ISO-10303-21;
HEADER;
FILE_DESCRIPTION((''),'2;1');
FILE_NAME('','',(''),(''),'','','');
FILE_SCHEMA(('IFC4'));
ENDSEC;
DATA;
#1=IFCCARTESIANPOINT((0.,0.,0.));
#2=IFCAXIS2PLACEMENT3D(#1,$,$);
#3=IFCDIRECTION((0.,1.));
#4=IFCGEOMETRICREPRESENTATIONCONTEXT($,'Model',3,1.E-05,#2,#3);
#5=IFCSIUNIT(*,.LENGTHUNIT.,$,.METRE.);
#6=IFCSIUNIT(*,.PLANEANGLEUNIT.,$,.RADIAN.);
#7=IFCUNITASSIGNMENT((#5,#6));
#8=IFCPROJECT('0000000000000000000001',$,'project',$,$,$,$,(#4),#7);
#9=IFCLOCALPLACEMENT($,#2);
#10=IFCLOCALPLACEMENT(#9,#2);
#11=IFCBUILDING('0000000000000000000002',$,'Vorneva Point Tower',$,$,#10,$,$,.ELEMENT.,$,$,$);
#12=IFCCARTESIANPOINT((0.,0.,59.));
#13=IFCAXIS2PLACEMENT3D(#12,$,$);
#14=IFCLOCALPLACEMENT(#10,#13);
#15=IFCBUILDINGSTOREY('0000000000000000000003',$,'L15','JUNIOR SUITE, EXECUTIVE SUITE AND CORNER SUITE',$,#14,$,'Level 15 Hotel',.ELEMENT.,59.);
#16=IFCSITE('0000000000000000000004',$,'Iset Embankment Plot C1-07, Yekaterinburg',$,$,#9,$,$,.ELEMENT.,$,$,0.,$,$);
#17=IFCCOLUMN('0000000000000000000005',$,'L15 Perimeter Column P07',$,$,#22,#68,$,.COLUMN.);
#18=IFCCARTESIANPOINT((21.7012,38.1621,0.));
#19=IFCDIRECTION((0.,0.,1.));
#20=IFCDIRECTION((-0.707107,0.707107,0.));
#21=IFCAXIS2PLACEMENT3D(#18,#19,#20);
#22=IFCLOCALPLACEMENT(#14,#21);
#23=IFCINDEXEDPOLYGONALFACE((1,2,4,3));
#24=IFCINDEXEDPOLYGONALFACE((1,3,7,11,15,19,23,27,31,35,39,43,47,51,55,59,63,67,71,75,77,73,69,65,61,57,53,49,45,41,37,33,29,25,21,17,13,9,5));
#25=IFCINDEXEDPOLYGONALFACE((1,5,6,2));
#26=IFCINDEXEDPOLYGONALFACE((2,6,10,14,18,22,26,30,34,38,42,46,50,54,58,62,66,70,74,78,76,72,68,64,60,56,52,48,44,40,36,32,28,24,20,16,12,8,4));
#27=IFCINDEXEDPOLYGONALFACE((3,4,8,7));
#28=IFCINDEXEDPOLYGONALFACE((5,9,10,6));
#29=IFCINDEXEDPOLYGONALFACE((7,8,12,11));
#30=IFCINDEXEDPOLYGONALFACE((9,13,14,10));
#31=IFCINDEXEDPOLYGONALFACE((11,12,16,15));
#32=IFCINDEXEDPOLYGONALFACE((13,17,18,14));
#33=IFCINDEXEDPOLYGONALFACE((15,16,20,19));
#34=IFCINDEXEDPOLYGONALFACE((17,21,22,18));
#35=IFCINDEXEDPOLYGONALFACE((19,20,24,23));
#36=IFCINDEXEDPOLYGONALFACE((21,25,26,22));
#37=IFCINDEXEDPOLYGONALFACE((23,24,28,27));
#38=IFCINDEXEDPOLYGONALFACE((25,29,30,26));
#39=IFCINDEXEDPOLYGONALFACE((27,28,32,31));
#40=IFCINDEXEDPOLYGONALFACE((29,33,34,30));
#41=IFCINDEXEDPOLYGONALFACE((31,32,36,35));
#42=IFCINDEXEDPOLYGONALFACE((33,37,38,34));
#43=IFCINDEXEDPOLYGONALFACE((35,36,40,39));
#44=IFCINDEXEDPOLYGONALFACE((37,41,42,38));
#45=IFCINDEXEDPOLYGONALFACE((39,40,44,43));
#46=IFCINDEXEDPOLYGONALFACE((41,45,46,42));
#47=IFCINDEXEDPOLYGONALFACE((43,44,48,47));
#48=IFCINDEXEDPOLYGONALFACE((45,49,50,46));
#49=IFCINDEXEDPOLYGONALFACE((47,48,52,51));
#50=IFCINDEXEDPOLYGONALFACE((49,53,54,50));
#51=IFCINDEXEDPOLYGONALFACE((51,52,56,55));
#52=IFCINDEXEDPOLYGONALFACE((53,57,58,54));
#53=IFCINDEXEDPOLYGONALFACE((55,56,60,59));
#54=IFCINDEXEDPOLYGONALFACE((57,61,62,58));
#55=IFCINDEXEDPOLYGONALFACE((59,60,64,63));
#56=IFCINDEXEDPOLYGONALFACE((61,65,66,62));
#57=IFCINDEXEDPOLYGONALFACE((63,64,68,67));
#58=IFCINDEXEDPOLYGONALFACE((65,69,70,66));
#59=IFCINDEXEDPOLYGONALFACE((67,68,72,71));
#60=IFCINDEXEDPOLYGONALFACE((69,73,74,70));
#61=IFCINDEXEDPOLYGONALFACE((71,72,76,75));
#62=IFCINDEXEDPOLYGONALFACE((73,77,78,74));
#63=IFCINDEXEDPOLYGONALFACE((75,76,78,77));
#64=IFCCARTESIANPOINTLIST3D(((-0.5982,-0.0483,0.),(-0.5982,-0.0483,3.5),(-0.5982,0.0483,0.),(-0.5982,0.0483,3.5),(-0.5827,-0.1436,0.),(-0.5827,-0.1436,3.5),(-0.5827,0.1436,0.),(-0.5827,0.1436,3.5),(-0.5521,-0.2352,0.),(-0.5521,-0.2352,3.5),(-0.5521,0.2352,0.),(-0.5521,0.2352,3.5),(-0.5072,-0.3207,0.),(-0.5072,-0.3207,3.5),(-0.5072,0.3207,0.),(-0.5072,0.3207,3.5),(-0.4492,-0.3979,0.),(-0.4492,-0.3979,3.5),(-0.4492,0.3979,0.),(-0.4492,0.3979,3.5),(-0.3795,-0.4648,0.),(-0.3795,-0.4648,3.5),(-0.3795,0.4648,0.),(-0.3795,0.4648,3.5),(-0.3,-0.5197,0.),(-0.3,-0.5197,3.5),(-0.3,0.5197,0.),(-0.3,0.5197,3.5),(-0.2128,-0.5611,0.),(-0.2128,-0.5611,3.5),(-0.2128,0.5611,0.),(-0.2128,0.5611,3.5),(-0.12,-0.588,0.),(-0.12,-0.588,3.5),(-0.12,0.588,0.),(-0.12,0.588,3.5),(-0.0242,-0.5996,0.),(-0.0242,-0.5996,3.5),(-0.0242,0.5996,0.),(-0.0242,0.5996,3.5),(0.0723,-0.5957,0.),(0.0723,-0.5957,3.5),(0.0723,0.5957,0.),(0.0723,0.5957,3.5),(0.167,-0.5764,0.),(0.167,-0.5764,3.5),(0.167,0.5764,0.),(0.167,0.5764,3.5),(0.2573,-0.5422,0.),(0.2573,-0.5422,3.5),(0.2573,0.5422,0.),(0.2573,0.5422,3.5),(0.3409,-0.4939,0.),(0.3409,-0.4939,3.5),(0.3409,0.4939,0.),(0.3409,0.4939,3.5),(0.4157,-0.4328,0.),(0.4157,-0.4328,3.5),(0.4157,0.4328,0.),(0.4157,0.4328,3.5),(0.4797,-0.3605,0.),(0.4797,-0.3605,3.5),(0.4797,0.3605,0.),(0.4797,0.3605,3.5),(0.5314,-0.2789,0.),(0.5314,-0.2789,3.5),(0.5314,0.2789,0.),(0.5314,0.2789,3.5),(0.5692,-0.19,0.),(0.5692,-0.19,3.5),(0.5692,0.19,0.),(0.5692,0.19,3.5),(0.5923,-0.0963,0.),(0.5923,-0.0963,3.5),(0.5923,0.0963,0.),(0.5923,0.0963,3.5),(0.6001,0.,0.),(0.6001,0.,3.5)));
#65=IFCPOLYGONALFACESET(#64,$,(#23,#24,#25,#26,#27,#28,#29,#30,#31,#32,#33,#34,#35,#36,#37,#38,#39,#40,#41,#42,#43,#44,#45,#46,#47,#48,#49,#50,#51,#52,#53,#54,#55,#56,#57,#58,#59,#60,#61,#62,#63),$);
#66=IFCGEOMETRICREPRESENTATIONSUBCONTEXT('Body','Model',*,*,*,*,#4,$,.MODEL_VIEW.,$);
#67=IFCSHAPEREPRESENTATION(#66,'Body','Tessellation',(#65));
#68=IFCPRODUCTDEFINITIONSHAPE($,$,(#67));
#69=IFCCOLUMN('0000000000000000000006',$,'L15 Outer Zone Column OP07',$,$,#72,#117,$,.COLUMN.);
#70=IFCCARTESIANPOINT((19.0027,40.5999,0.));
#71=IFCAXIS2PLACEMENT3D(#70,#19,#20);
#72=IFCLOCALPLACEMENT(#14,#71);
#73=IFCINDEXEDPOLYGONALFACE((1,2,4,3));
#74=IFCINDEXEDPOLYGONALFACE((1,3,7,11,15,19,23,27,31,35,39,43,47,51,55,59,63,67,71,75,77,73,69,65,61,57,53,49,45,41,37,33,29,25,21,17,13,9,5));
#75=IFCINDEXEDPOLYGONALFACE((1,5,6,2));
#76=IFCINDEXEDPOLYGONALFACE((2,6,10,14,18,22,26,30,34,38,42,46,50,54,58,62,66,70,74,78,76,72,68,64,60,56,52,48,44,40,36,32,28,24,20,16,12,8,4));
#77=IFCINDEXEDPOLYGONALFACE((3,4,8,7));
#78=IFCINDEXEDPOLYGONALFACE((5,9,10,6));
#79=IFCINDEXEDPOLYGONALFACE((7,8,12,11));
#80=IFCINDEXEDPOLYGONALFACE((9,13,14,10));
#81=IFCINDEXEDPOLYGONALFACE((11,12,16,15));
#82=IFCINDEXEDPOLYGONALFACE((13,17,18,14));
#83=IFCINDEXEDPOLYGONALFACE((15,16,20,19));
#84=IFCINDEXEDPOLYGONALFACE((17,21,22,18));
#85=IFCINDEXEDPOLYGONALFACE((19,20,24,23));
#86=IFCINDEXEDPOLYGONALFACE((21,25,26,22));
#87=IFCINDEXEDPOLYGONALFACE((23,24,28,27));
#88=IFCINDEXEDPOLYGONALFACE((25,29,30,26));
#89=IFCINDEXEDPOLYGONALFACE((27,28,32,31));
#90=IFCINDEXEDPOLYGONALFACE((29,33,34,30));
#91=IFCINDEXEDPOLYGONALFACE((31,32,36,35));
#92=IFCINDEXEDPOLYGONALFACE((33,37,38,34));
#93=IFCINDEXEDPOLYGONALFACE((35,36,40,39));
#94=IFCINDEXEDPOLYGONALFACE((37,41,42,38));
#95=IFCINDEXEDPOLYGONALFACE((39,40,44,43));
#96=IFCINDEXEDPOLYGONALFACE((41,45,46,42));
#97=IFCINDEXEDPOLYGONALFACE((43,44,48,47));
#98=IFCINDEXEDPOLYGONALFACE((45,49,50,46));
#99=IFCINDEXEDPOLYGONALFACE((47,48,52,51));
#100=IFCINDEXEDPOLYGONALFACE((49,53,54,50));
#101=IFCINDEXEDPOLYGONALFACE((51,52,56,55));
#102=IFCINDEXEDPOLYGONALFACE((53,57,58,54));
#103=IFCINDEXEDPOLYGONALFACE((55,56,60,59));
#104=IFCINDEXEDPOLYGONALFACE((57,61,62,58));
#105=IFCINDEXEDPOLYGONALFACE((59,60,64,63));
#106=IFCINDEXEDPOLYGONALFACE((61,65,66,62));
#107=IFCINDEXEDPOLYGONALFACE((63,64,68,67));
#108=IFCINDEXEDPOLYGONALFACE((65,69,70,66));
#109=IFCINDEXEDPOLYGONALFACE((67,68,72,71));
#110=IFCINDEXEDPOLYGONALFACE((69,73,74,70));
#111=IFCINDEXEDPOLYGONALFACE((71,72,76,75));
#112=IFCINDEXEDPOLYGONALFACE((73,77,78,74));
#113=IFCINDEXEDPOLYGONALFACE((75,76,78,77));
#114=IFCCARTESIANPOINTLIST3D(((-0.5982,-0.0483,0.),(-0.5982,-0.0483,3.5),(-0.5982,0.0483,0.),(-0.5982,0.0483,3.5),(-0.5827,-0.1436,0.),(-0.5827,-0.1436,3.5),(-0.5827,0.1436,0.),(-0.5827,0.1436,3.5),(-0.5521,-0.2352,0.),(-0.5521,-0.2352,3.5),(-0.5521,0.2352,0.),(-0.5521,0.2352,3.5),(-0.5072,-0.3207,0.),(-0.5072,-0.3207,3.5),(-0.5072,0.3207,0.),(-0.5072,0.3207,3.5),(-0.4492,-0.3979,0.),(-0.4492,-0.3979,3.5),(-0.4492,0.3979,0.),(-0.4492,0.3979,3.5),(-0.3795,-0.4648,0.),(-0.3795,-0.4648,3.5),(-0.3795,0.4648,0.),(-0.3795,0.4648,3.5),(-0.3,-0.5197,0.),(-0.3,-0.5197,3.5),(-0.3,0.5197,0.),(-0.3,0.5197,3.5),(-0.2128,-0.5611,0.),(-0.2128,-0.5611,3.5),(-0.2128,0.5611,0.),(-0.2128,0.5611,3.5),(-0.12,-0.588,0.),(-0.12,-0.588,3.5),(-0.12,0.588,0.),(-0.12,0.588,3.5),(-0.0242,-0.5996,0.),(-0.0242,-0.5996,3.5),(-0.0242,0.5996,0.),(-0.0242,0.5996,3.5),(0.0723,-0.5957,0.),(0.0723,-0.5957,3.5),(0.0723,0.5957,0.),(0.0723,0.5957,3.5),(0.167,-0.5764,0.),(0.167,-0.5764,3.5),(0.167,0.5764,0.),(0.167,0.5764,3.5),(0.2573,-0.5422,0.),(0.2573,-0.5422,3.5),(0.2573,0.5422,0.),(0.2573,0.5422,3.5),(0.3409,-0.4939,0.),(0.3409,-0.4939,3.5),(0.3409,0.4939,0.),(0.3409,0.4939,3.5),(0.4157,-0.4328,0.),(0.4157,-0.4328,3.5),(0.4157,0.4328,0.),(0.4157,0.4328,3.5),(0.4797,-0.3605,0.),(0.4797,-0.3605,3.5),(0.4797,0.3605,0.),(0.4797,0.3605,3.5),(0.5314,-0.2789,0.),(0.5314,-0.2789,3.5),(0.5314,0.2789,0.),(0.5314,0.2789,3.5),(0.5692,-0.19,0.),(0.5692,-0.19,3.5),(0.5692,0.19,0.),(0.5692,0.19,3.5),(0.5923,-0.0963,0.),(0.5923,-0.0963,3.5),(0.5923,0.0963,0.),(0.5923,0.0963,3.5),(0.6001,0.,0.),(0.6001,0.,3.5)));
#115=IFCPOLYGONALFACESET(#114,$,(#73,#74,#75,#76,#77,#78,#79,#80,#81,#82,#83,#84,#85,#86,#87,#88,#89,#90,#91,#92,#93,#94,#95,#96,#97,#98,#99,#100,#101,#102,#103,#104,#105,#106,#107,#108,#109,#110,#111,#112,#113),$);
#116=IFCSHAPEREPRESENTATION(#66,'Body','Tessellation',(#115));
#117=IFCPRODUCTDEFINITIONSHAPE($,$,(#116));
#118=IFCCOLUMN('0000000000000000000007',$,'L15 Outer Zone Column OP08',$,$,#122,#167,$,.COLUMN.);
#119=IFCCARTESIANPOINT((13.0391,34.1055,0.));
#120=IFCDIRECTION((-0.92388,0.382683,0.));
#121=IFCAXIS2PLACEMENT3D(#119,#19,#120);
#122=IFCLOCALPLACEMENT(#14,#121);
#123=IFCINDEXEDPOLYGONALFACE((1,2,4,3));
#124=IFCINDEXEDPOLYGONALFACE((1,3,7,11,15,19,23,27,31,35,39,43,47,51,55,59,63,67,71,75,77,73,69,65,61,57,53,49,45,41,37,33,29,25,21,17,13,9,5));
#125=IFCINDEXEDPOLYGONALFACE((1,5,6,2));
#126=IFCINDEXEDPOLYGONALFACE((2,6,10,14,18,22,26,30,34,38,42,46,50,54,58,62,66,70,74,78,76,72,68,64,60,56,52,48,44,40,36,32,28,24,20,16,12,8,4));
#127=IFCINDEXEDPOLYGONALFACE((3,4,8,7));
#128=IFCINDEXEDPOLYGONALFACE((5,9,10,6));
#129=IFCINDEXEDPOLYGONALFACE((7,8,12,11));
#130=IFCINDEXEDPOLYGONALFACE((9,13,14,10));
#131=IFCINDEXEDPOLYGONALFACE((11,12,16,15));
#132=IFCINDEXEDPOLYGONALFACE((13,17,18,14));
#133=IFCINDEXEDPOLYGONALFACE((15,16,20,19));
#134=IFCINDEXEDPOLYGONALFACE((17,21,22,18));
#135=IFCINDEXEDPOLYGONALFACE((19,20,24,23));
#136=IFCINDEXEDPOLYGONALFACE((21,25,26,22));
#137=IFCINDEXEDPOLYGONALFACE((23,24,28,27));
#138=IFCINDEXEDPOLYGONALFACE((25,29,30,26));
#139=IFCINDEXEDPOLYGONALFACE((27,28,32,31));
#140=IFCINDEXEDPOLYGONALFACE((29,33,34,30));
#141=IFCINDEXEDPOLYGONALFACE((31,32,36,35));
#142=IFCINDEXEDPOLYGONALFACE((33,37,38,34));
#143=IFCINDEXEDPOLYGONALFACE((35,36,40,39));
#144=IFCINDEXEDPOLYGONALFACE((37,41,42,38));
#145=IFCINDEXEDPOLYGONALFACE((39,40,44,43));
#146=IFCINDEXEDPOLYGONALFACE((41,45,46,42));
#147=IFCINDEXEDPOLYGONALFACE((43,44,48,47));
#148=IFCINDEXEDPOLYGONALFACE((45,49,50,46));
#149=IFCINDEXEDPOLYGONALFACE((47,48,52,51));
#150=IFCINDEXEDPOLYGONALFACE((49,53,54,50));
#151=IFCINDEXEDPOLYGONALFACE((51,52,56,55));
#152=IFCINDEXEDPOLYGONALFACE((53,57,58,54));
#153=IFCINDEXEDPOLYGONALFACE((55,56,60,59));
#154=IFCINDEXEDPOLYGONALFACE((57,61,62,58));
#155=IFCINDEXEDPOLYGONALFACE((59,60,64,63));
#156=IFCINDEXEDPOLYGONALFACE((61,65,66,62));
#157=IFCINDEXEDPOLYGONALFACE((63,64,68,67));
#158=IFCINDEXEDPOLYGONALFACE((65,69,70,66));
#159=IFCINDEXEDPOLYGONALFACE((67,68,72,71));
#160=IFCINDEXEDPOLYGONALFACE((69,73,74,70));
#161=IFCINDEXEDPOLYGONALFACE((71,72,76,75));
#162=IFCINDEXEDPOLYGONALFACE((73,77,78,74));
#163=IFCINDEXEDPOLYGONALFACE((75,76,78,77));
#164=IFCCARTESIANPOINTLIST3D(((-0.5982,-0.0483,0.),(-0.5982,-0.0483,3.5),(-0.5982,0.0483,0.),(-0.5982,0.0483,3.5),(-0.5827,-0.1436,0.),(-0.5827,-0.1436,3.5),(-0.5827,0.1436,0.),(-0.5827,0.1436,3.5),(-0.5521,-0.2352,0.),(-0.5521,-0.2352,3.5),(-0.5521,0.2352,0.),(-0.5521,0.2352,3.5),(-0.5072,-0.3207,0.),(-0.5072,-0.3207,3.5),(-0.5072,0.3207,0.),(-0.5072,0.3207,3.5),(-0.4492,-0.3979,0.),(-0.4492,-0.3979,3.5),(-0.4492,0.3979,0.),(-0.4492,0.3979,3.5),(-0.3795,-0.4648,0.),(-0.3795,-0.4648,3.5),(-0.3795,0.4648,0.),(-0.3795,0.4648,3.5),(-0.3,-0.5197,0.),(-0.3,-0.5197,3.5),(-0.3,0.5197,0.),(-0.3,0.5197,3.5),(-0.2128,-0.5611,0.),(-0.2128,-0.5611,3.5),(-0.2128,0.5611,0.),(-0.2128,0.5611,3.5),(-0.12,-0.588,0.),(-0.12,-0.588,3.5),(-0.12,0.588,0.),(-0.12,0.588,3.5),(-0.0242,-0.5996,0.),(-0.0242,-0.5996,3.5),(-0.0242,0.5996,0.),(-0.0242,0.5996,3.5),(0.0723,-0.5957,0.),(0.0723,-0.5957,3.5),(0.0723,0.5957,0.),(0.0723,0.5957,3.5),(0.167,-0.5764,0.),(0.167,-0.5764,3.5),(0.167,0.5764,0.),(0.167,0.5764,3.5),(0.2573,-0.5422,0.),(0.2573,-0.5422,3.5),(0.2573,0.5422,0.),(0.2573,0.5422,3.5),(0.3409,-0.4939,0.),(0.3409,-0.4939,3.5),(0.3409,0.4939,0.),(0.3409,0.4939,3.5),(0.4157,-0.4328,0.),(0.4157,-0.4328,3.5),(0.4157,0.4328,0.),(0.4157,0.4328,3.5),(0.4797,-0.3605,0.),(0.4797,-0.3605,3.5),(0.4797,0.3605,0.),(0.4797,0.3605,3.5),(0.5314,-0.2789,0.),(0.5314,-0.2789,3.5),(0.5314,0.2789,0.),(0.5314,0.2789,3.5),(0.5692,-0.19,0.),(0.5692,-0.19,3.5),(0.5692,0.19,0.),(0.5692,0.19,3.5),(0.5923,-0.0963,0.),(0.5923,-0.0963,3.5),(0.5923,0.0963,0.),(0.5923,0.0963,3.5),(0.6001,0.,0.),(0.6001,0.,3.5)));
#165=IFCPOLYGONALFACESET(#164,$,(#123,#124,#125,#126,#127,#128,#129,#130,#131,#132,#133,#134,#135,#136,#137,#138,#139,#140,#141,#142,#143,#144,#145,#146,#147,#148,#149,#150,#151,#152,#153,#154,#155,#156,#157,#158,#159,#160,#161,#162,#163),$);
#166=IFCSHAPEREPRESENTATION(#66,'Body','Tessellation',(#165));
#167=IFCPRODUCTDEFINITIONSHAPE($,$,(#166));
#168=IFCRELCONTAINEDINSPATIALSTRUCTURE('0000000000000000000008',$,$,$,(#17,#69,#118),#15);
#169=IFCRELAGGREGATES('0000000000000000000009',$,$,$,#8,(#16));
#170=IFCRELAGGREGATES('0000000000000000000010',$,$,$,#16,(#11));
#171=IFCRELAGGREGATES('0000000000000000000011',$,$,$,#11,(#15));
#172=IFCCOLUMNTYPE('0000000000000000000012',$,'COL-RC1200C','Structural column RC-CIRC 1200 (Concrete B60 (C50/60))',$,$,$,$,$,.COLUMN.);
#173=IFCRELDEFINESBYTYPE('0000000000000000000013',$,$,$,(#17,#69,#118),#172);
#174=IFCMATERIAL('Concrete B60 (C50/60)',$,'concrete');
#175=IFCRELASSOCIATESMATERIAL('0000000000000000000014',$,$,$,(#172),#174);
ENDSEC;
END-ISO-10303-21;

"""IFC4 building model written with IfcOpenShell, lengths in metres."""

from ifc_helpers import new_model, si_unit, direction, frame, origin, origin_2d, place, context, subcontext, project, spatial, circle, extrude, material, material_profile, profile_set, type_object, element, save


model = new_model("IFC4")

# Units and contexts
model_context = context("Model", 3, precision=1e-05, world=origin(), true_north=direction((0.0, 1.0)))
body_context = subcontext(model_context, "Body", "Model", "MODEL_VIEW")
ifc_project = project(units=[si_unit("LENGTHUNIT", "METRE"), si_unit("PLANEANGLEUNIT", "RADIAN")], contexts=[model_context])

# Site, building, storey
site_placement = place(None, origin())
site = spatial("IfcSite", under=ifc_project, at=site_placement, Name="Iset Embankment Plot C1-07, Yekaterinburg", CompositionType="ELEMENT", RefElevation=0.0)
building_placement = place(site_placement, origin())
building = spatial("IfcBuilding", under=site, at=building_placement, Name="Vorneva Point Tower", CompositionType="ELEMENT")
storey_placement = place(building_placement, frame((0.0, 0.0, 59.0)))
storey = spatial("IfcBuildingStorey", under=building, at=storey_placement, Name="L15", Description="JUNIOR SUITE, EXECUTIVE SUITE AND CORNER SUITE", LongName="Level 15 Hotel", CompositionType="ELEMENT", Elevation=59.0)

# Columns
ifc_material_1 = material(Name="Concrete B60 (C50/60)", Category="concrete")
ifc_material_profile_1 = material_profile(ifc_material_1, circle(Radius=0.6001, at=origin_2d()), Name="RC-CIRC 1200")
ifc_profile_set_1 = profile_set([ifc_material_profile_1], Name="Concrete B60 (C50/60)")
column_type = type_object("IfcColumnType", Name="COL-RC1200C", Description="Structural column RC-CIRC 1200 (Concrete B60 (C50/60))", PredefinedType="COLUMN", material=ifc_profile_set_1)
for number, where, z_axis, x_axis, name in (
    (1, (21.7012, 38.1621, 0.0), (0.0, 0.0, 1.0), (-0.707107, 0.707107, 0.0), "L15 Perimeter Column P07"),
    (2, (19.0027, 40.5999, 0.0), (0.0, 0.0, 1.0), (-0.707107, 0.707107, 0.0), "L15 Outer Zone Column OP07"),
    (3, (13.0391, 34.1055, 0.0), (0.0, 0.0, 1.0), (-0.92388, 0.382683, 0.0), "L15 Outer Zone Column OP08"),
):
    element("IfcColumn", number, at=place(storey_placement, frame(where, z_axis=z_axis, x_axis=x_axis)), inside=storey, type_object=column_type, Name=name, PredefinedType="COLUMN", context=body_context, shape_type="SweptSolid", body=[
        extrude(circle(Radius=0.6001, at=origin_2d()), origin(), (0.0, 0.0, 1.0), 3.5),
    ])

save(model, "model.ifc")
